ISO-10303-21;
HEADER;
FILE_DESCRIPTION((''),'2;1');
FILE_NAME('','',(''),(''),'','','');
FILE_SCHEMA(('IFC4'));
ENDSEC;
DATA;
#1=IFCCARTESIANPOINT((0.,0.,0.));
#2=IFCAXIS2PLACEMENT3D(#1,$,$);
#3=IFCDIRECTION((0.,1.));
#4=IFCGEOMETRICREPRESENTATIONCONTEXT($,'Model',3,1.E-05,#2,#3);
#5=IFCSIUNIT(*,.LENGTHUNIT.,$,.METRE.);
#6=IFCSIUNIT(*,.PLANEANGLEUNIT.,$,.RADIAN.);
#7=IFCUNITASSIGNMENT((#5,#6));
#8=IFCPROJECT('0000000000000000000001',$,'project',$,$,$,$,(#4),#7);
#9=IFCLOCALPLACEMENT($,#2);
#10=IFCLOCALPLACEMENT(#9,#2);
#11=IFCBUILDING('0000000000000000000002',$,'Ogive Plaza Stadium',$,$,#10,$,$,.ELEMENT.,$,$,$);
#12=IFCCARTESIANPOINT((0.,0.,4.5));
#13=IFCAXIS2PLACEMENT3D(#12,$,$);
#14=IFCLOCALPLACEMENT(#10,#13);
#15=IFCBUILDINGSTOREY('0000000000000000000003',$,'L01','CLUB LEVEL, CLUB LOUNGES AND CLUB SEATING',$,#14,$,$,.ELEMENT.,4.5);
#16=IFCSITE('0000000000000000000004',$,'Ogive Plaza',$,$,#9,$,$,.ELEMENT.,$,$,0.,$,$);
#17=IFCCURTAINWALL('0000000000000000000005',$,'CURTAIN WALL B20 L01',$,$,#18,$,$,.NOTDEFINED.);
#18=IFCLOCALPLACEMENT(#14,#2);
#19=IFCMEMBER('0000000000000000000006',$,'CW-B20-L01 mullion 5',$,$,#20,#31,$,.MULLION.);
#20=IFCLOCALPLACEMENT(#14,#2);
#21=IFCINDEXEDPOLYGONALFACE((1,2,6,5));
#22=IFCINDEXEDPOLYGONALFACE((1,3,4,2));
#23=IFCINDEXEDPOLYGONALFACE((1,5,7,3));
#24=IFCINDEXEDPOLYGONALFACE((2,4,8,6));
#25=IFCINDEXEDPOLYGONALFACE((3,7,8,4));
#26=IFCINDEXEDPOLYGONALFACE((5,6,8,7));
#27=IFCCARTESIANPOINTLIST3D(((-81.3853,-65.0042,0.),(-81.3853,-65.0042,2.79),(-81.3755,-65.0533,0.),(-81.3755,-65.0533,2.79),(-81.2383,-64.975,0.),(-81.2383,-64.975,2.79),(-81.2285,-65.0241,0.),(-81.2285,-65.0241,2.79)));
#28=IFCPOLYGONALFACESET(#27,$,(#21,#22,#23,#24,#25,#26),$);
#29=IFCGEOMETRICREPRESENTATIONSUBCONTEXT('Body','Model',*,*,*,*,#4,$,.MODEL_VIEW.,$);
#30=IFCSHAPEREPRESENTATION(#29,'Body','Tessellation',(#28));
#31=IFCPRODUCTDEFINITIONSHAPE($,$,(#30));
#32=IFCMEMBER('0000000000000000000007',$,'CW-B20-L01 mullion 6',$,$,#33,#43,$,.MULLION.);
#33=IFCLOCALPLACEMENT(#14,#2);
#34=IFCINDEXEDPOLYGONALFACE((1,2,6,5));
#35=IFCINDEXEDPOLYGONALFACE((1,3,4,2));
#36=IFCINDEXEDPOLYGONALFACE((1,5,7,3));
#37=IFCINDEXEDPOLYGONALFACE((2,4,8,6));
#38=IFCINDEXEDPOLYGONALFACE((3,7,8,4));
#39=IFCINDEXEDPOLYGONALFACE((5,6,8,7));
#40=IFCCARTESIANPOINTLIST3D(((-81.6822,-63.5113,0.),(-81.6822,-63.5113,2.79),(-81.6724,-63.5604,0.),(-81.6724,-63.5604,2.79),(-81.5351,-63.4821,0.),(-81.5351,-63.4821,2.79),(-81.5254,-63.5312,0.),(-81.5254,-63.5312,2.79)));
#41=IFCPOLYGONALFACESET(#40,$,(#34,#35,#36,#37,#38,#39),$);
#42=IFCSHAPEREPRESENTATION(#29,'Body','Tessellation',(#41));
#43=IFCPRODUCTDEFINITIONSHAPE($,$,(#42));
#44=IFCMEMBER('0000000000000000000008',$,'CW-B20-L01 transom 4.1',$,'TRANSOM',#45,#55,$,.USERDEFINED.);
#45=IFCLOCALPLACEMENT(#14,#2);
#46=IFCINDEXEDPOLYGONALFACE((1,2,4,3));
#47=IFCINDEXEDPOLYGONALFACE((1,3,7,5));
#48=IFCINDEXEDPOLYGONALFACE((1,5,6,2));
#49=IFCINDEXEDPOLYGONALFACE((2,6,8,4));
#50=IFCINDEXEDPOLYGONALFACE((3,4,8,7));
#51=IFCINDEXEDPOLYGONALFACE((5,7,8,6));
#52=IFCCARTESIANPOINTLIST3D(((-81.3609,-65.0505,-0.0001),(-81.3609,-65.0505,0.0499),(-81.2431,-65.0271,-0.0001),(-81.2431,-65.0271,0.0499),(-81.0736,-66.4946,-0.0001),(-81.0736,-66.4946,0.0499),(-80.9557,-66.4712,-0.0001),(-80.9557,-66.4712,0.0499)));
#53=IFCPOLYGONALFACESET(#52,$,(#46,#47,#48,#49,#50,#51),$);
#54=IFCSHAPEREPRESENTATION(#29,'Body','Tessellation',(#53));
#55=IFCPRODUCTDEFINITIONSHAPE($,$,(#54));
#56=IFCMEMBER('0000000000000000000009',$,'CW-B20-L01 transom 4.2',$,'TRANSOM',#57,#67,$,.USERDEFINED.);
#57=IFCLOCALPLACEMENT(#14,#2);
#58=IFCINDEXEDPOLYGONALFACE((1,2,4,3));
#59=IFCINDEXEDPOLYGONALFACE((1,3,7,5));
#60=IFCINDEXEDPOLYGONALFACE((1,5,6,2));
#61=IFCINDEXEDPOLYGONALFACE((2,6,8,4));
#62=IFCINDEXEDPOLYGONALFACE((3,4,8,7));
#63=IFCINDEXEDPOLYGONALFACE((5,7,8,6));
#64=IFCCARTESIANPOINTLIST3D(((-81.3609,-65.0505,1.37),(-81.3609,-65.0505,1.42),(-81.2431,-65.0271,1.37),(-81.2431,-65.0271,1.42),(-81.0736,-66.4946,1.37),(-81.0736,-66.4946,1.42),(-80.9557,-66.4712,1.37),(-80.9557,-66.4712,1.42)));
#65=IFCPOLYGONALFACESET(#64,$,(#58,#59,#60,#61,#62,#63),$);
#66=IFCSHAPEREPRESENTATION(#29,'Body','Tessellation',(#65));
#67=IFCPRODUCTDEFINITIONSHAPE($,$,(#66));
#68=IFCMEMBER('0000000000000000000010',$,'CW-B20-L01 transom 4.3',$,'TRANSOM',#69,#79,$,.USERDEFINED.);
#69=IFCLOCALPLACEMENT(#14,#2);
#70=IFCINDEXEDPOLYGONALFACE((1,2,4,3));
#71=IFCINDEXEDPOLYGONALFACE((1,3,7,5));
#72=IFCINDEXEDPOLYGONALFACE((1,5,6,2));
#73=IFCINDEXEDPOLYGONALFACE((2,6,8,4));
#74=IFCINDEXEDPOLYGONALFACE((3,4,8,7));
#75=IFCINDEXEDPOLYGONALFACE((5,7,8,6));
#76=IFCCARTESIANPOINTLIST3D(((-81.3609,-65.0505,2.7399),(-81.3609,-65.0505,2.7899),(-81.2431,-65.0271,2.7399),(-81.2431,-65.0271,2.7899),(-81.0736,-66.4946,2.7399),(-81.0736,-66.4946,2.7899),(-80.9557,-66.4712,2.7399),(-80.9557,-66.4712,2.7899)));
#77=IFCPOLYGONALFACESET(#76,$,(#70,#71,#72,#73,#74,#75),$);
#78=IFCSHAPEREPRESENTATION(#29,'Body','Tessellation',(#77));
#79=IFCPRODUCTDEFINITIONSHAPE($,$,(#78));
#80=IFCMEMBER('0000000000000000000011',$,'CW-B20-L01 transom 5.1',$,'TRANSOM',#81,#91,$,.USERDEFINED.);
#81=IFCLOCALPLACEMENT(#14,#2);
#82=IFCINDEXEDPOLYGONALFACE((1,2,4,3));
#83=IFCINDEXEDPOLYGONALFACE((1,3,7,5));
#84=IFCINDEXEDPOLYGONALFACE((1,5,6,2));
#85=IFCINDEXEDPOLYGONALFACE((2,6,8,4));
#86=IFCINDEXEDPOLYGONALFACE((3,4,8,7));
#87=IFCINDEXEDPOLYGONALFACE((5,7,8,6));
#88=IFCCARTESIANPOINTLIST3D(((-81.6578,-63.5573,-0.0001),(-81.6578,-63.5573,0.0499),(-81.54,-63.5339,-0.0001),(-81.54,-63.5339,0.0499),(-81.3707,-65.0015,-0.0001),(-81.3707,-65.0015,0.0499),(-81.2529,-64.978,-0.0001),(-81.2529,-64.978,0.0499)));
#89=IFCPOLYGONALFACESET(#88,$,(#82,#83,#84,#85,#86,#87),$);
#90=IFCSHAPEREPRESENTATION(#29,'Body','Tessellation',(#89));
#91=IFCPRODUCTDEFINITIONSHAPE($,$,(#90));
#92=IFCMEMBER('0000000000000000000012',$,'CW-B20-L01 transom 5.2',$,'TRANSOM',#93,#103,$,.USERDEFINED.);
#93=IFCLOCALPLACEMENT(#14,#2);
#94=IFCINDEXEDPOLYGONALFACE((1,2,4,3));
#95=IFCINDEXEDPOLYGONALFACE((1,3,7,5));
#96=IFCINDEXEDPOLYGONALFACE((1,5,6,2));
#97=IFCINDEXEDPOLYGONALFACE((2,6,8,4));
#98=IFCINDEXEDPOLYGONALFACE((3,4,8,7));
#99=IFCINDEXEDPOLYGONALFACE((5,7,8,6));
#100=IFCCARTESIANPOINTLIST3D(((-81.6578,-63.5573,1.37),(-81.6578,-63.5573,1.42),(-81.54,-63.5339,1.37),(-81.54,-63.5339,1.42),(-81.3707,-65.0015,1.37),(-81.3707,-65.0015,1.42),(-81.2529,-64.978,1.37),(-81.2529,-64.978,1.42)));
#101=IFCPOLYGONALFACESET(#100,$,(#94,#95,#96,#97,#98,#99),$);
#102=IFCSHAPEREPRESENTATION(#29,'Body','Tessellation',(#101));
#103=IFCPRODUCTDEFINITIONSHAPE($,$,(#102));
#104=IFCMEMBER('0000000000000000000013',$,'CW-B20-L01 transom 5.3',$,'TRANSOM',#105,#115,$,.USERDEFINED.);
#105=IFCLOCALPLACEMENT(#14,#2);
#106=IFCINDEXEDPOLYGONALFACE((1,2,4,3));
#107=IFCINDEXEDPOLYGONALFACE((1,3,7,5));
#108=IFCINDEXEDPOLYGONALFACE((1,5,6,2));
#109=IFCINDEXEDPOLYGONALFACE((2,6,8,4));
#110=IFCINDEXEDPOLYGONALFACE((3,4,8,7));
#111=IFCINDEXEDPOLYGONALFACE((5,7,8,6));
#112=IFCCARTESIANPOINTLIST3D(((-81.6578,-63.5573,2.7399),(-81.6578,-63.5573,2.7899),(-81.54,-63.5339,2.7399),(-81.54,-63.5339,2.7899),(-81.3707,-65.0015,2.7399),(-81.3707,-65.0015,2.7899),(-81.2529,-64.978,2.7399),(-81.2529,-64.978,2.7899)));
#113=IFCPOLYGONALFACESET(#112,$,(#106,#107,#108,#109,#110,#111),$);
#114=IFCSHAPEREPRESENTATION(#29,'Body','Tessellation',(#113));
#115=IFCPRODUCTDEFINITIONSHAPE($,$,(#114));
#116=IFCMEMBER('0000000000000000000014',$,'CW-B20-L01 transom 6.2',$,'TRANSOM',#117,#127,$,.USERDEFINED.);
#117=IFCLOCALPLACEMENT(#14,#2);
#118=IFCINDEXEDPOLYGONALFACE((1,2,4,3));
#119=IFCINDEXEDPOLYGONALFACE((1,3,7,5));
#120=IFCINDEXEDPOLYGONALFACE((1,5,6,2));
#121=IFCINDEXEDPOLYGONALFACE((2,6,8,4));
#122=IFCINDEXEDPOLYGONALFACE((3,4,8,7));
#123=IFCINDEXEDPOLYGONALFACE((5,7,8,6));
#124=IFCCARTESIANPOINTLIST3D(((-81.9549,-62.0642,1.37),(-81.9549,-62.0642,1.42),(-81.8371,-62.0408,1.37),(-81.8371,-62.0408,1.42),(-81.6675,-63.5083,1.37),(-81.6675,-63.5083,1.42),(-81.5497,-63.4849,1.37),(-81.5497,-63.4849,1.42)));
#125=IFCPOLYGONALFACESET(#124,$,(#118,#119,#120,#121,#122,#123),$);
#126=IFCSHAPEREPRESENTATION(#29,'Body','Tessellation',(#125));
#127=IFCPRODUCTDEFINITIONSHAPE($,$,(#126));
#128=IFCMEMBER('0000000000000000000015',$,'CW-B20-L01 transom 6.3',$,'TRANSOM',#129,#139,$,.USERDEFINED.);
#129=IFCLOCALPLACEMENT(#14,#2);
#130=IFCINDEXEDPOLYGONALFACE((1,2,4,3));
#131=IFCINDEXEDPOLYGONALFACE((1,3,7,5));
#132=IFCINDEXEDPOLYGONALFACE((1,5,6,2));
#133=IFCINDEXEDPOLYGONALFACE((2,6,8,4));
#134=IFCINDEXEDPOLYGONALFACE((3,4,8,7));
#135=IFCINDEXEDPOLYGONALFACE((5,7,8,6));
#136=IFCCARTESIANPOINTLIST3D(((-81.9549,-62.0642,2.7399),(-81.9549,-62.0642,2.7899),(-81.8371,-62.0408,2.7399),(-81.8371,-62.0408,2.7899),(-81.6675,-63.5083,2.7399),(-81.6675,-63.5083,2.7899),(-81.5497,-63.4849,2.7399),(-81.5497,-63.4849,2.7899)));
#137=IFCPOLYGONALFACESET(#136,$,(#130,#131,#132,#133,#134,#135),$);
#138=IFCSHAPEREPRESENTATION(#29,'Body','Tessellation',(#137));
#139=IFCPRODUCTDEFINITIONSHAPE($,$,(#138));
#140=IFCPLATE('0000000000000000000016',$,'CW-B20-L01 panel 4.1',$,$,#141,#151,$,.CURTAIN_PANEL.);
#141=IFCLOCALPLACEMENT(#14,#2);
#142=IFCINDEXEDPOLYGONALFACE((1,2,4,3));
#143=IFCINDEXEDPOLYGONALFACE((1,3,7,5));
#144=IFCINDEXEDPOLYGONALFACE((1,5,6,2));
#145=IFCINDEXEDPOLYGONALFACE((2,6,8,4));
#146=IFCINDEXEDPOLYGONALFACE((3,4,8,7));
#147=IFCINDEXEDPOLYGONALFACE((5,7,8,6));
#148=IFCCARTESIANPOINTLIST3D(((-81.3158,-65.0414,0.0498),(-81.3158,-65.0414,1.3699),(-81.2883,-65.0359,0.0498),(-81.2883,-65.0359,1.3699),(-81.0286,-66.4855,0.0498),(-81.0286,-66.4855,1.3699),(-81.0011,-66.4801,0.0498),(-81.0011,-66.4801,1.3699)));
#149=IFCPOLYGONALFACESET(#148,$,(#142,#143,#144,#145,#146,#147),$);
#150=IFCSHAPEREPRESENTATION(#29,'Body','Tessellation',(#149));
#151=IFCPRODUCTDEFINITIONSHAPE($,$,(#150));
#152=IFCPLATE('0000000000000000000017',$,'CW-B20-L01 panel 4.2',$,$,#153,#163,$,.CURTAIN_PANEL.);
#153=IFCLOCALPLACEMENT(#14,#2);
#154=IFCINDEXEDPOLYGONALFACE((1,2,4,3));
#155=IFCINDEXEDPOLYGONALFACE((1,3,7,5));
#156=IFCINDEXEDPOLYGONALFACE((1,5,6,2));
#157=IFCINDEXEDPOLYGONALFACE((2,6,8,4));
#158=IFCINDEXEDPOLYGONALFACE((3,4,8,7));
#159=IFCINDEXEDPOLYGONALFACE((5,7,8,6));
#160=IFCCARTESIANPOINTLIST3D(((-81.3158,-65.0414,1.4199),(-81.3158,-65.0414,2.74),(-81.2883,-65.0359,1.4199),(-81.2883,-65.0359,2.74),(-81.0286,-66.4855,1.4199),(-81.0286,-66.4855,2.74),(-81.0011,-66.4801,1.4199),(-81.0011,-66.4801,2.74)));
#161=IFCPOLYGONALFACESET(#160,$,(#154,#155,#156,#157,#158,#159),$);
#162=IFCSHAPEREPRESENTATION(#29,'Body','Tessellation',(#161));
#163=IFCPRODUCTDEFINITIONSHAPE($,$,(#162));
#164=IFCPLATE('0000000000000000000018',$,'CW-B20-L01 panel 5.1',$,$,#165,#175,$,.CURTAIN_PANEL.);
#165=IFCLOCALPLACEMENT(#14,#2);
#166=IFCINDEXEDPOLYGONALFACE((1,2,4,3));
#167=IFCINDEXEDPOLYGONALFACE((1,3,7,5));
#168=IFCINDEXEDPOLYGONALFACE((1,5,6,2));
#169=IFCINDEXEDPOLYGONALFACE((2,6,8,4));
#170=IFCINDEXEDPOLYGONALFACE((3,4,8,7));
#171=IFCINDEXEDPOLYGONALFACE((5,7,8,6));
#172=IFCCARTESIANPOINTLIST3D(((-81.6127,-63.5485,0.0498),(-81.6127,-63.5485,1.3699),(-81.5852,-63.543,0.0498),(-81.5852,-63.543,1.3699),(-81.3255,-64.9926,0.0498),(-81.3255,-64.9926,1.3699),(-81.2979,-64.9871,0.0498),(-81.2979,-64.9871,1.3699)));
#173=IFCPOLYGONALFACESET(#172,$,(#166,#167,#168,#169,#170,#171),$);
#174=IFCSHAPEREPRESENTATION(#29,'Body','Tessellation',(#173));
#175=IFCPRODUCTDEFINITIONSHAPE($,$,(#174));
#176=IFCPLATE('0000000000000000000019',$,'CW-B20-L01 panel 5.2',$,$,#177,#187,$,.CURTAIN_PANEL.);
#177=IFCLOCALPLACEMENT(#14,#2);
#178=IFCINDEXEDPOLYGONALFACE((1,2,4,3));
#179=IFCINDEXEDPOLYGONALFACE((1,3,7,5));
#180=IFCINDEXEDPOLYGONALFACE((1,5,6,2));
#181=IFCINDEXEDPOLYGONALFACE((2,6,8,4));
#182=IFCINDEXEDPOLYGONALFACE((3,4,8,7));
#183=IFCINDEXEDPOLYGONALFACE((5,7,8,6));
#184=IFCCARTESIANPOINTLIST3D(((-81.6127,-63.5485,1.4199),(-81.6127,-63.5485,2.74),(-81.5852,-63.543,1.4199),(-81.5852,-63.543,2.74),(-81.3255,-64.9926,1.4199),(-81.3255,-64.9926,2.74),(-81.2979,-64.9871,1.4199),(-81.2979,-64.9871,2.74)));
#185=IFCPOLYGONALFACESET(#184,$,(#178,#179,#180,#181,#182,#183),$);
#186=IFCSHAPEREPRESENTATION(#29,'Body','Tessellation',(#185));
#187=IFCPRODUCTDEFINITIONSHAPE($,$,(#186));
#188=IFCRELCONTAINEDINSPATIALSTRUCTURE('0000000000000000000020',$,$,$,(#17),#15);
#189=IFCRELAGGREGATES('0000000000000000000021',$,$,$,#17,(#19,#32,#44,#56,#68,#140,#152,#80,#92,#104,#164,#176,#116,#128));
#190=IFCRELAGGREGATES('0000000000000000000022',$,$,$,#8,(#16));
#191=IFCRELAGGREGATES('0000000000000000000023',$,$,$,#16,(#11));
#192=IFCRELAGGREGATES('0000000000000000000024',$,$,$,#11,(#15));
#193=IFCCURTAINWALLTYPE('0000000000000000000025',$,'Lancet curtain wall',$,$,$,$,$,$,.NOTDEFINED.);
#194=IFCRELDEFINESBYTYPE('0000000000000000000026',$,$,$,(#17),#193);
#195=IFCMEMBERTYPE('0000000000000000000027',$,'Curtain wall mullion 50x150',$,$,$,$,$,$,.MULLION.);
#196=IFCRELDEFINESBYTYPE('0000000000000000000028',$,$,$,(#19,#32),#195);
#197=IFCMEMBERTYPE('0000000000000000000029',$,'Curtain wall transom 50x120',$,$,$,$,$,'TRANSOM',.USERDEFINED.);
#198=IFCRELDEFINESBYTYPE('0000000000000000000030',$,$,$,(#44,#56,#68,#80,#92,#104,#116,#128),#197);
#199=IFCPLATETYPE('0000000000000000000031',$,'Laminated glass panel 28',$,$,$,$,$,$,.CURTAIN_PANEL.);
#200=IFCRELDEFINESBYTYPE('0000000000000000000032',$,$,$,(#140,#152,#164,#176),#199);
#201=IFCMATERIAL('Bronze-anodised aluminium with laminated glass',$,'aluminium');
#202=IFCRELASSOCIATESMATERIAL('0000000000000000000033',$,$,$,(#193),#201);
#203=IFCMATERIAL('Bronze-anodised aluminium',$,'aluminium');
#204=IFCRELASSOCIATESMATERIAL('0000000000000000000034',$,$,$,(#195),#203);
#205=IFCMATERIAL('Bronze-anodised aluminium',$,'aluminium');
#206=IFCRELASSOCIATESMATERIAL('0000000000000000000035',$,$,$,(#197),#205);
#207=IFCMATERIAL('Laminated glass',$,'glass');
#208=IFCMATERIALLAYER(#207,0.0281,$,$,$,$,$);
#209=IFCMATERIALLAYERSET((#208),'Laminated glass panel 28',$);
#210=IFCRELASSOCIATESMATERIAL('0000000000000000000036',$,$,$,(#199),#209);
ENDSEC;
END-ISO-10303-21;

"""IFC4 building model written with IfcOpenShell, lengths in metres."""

from ifc_helpers import new_model, si_unit, direction, frame, origin, origin_2d, place, context, subcontext, project, spatial, rectangle, extrude, material, layer, layer_set, material_profile, profile_set, type_object, element, aggregate, save


model = new_model("IFC4")

# Units and contexts
model_context = context("Model", 3, precision=1e-05, world=origin(), true_north=direction((0.0, 1.0)))
body_context = subcontext(model_context, "Body", "Model", "MODEL_VIEW")
ifc_project = project(units=[si_unit("LENGTHUNIT", "METRE"), si_unit("PLANEANGLEUNIT", "RADIAN")], contexts=[model_context])

# Site, building, storey
site_placement = place(None, origin())
site = spatial("IfcSite", under=ifc_project, at=site_placement, Name="Ogive Plaza", CompositionType="ELEMENT", RefElevation=0.0)
building_placement = place(site_placement, origin())
building = spatial("IfcBuilding", under=site, at=building_placement, Name="Ogive Plaza Stadium", CompositionType="ELEMENT")
storey_placement = place(building_placement, frame((0.0, 0.0, 4.5)))
storey = spatial("IfcBuildingStorey", under=building, at=storey_placement, Name="L01", Description="CLUB LEVEL, CLUB LOUNGES AND CLUB SEATING", CompositionType="ELEMENT", Elevation=4.5)

# Curtain wall, members, plates
ifc_material_1 = material(Name="Bronze-anodised aluminium with laminated glass", Category="aluminium")
curtain_wall_type = type_object("IfcCurtainWallType", Name="Lancet curtain wall", PredefinedType="NOTDEFINED", material=ifc_material_1)
curtain_wall_placement = place(storey_placement, origin())
curtain_wall = element("IfcCurtainWall", 1, at=curtain_wall_placement, inside=storey, type_object=curtain_wall_type, Name="CURTAIN WALL B20 L01", PredefinedType="NOTDEFINED")
ifc_material_2 = material(Name="Bronze-anodised aluminium", Category="aluminium")
ifc_material_profile_1 = material_profile(ifc_material_2, rectangle(XDim=0.1499, YDim=0.05, at=origin_2d()), Name="AL 150x50")
ifc_profile_set_1 = profile_set([ifc_material_profile_1], Name="Bronze-anodised aluminium")
member_type_1 = type_object("IfcMemberType", Name="Curtain wall mullion 50x150", PredefinedType="MULLION", material=ifc_profile_set_1)
member_1_placement = place(storey_placement, frame((-81.3069, -65.0142, 0.0), z_axis=(0.0, 0.0, 1.0), x_axis=(-0.980785, -0.19509, 0.0)))
member_1 = element("IfcMember", 2, at=member_1_placement, type_object=member_type_1, Name="CW-B20-L01 mullion 5", PredefinedType="MULLION", context=body_context, shape_type="SweptSolid", body=[
    extrude(rectangle(XDim=0.1499, YDim=0.05, at=origin_2d()), origin(), (0.0, 0.0, 1.0), 2.79),
])
member_2_placement = place(storey_placement, frame((-81.6038, -63.5212, 0.0), z_axis=(0.0, 0.0, 1.0), x_axis=(-0.980785, -0.19509, 0.0)))
member_2 = element("IfcMember", 3, at=member_2_placement, type_object=member_type_1, Name="CW-B20-L01 mullion 6", PredefinedType="MULLION", context=body_context, shape_type="SweptSolid", body=[
    extrude(rectangle(XDim=0.1499, YDim=0.05, at=origin_2d()), origin(), (0.0, 0.0, 1.0), 2.79),
])
ifc_material_3 = material(Name="Bronze-anodised aluminium", Category="aluminium")
ifc_material_profile_2 = material_profile(ifc_material_3, rectangle(XDim=0.1201, YDim=0.05, at=origin_2d()), Name="AL 120x50")
ifc_profile_set_2 = profile_set([ifc_material_profile_2], Name="Bronze-anodised aluminium")
member_type_2 = type_object("IfcMemberType", Name="Curtain wall transom 50x120", ElementType="TRANSOM", PredefinedType="USERDEFINED", material=ifc_profile_set_2)
member_3_placement = place(storey_placement, frame((-81.0146, -66.4829, 0.0249), z_axis=(-0.195159, 0.980772, 0.0), x_axis=(-0.980772, -0.195159, 0.0)))
member_3 = element("IfcMember", 4, at=member_3_placement, type_object=member_type_2, Name="CW-B20-L01 transom 4.1", ObjectType="TRANSOM", PredefinedType="USERDEFINED", context=body_context, shape_type="SweptSolid", body=[
    extrude(rectangle(XDim=0.1201, YDim=0.05, at=origin_2d()), origin(), (0.0, 0.0, 1.0), 1.4724),
])
member_4_placement = place(storey_placement, frame((-81.0146, -66.4829, 1.395), z_axis=(-0.195159, 0.980772, 0.0), x_axis=(-0.980772, -0.195159, 0.0)))
member_4 = element("IfcMember", 5, at=member_4_placement, type_object=member_type_2, Name="CW-B20-L01 transom 4.2", ObjectType="TRANSOM", PredefinedType="USERDEFINED", context=body_context, shape_type="SweptSolid", body=[
    extrude(rectangle(XDim=0.1201, YDim=0.05, at=origin_2d()), origin(), (0.0, 0.0, 1.0), 1.4724),
])
member_5_placement = place(storey_placement, frame((-81.0146, -66.4829, 2.7649), z_axis=(-0.195159, 0.980772, 0.0), x_axis=(-0.980772, -0.195159, 0.0)))
member_5 = element("IfcMember", 6, at=member_5_placement, type_object=member_type_2, Name="CW-B20-L01 transom 4.3", ObjectType="TRANSOM", PredefinedType="USERDEFINED", context=body_context, shape_type="SweptSolid", body=[
    extrude(rectangle(XDim=0.1201, YDim=0.05, at=origin_2d()), origin(), (0.0, 0.0, 1.0), 1.4724),
])
member_6_placement = place(storey_placement, frame((-81.3118, -64.9897, 0.0249), z_axis=(-0.195, 0.980803, 0.0), x_axis=(-0.980803, -0.195, 0.0)))
member_6 = element("IfcMember", 7, at=member_6_placement, type_object=member_type_2, Name="CW-B20-L01 transom 5.1", ObjectType="TRANSOM", PredefinedType="USERDEFINED", context=body_context, shape_type="SweptSolid", body=[
    extrude(rectangle(XDim=0.1201, YDim=0.05, at=origin_2d()), origin(), (0.0, 0.0, 1.0), 1.4724),
])
member_7_placement = place(storey_placement, frame((-81.3118, -64.9897, 1.395), z_axis=(-0.195, 0.980803, 0.0), x_axis=(-0.980803, -0.195, 0.0)))
member_7 = element("IfcMember", 8, at=member_7_placement, type_object=member_type_2, Name="CW-B20-L01 transom 5.2", ObjectType="TRANSOM", PredefinedType="USERDEFINED", context=body_context, shape_type="SweptSolid", body=[
    extrude(rectangle(XDim=0.1201, YDim=0.05, at=origin_2d()), origin(), (0.0, 0.0, 1.0), 1.4724),
])
member_8_placement = place(storey_placement, frame((-81.3118, -64.9897, 2.7649), z_axis=(-0.195, 0.980803, 0.0), x_axis=(-0.980803, -0.195, 0.0)))
member_8 = element("IfcMember", 9, at=member_8_placement, type_object=member_type_2, Name="CW-B20-L01 transom 5.3", ObjectType="TRANSOM", PredefinedType="USERDEFINED", context=body_context, shape_type="SweptSolid", body=[
    extrude(rectangle(XDim=0.1201, YDim=0.05, at=origin_2d()), origin(), (0.0, 0.0, 1.0), 1.4724),
])
member_9_placement = place(storey_placement, frame((-81.6086, -63.4966, 1.395), z_axis=(-0.195159, 0.980772, 0.0), x_axis=(-0.980772, -0.195159, 0.0)))
member_9 = element("IfcMember", 10, at=member_9_placement, type_object=member_type_2, Name="CW-B20-L01 transom 6.2", ObjectType="TRANSOM", PredefinedType="USERDEFINED", context=body_context, shape_type="SweptSolid", body=[
    extrude(rectangle(XDim=0.1201, YDim=0.05, at=origin_2d()), origin(), (0.0, 0.0, 1.0), 1.4724),
])
member_10_placement = place(storey_placement, frame((-81.6086, -63.4966, 2.7649), z_axis=(-0.195159, 0.980772, 0.0), x_axis=(-0.980772, -0.195159, 0.0)))
member_10 = element("IfcMember", 11, at=member_10_placement, type_object=member_type_2, Name="CW-B20-L01 transom 6.3", ObjectType="TRANSOM", PredefinedType="USERDEFINED", context=body_context, shape_type="SweptSolid", body=[
    extrude(rectangle(XDim=0.1201, YDim=0.05, at=origin_2d()), origin(), (0.0, 0.0, 1.0), 1.4724),
])
ifc_material_4 = material(Name="Laminated glass", Category="glass")
ifc_layer_1 = layer(ifc_material_4, 0.0281)
ifc_layer_set_1 = layer_set([ifc_layer_1], Name="Laminated glass panel 28")
plate_type = type_object("IfcPlateType", Name="Laminated glass panel 28", PredefinedType="CURTAIN_PANEL", material=ifc_layer_set_1)
plate_1_placement = place(storey_placement, frame((-81.1584, -65.7607, 0.0498), z_axis=(0.0, 0.0, 1.0), x_axis=(-0.19509, 0.980785, 0.0)))
plate_1 = element("IfcPlate", 12, at=plate_1_placement, type_object=plate_type, Name="CW-B20-L01 panel 4.1", PredefinedType="CURTAIN_PANEL", context=body_context, shape_type="SweptSolid", body=[
    extrude(rectangle(XDim=1.4724, YDim=0.0281, at=origin_2d()), origin(), (0.0, 0.0, 1.0), 1.3201),
])
plate_2_placement = place(storey_placement, frame((-81.1584, -65.7607, 1.4199), z_axis=(0.0, 0.0, 1.0), x_axis=(-0.19509, 0.980785, 0.0)))
plate_2 = element("IfcPlate", 13, at=plate_2_placement, type_object=plate_type, Name="CW-B20-L01 panel 4.2", PredefinedType="CURTAIN_PANEL", context=body_context, shape_type="SweptSolid", body=[
    extrude(rectangle(XDim=1.4724, YDim=0.0281, at=origin_2d()), origin(), (0.0, 0.0, 1.0), 1.3201),
])
plate_3_placement = place(storey_placement, frame((-81.4553, -64.2678, 0.0498), z_axis=(0.0, 0.0, 1.0), x_axis=(-0.19509, 0.980785, 0.0)))
plate_3 = element("IfcPlate", 14, at=plate_3_placement, type_object=plate_type, Name="CW-B20-L01 panel 5.1", PredefinedType="CURTAIN_PANEL", context=body_context, shape_type="SweptSolid", body=[
    extrude(rectangle(XDim=1.4724, YDim=0.0281, at=origin_2d()), origin(), (0.0, 0.0, 1.0), 1.3201),
])
plate_4_placement = place(storey_placement, frame((-81.4553, -64.2678, 1.4199), z_axis=(0.0, 0.0, 1.0), x_axis=(-0.19509, 0.980785, 0.0)))
plate_4 = element("IfcPlate", 15, at=plate_4_placement, type_object=plate_type, Name="CW-B20-L01 panel 5.2", PredefinedType="CURTAIN_PANEL", context=body_context, shape_type="SweptSolid", body=[
    extrude(rectangle(XDim=1.4724, YDim=0.0281, at=origin_2d()), origin(), (0.0, 0.0, 1.0), 1.3201),
])
aggregate(curtain_wall, [member_1, member_2, member_3, member_4, member_5, plate_1, plate_2, member_6, member_7, member_8, plate_3, plate_4, member_9, member_10])

save(model, "model.ifc")
